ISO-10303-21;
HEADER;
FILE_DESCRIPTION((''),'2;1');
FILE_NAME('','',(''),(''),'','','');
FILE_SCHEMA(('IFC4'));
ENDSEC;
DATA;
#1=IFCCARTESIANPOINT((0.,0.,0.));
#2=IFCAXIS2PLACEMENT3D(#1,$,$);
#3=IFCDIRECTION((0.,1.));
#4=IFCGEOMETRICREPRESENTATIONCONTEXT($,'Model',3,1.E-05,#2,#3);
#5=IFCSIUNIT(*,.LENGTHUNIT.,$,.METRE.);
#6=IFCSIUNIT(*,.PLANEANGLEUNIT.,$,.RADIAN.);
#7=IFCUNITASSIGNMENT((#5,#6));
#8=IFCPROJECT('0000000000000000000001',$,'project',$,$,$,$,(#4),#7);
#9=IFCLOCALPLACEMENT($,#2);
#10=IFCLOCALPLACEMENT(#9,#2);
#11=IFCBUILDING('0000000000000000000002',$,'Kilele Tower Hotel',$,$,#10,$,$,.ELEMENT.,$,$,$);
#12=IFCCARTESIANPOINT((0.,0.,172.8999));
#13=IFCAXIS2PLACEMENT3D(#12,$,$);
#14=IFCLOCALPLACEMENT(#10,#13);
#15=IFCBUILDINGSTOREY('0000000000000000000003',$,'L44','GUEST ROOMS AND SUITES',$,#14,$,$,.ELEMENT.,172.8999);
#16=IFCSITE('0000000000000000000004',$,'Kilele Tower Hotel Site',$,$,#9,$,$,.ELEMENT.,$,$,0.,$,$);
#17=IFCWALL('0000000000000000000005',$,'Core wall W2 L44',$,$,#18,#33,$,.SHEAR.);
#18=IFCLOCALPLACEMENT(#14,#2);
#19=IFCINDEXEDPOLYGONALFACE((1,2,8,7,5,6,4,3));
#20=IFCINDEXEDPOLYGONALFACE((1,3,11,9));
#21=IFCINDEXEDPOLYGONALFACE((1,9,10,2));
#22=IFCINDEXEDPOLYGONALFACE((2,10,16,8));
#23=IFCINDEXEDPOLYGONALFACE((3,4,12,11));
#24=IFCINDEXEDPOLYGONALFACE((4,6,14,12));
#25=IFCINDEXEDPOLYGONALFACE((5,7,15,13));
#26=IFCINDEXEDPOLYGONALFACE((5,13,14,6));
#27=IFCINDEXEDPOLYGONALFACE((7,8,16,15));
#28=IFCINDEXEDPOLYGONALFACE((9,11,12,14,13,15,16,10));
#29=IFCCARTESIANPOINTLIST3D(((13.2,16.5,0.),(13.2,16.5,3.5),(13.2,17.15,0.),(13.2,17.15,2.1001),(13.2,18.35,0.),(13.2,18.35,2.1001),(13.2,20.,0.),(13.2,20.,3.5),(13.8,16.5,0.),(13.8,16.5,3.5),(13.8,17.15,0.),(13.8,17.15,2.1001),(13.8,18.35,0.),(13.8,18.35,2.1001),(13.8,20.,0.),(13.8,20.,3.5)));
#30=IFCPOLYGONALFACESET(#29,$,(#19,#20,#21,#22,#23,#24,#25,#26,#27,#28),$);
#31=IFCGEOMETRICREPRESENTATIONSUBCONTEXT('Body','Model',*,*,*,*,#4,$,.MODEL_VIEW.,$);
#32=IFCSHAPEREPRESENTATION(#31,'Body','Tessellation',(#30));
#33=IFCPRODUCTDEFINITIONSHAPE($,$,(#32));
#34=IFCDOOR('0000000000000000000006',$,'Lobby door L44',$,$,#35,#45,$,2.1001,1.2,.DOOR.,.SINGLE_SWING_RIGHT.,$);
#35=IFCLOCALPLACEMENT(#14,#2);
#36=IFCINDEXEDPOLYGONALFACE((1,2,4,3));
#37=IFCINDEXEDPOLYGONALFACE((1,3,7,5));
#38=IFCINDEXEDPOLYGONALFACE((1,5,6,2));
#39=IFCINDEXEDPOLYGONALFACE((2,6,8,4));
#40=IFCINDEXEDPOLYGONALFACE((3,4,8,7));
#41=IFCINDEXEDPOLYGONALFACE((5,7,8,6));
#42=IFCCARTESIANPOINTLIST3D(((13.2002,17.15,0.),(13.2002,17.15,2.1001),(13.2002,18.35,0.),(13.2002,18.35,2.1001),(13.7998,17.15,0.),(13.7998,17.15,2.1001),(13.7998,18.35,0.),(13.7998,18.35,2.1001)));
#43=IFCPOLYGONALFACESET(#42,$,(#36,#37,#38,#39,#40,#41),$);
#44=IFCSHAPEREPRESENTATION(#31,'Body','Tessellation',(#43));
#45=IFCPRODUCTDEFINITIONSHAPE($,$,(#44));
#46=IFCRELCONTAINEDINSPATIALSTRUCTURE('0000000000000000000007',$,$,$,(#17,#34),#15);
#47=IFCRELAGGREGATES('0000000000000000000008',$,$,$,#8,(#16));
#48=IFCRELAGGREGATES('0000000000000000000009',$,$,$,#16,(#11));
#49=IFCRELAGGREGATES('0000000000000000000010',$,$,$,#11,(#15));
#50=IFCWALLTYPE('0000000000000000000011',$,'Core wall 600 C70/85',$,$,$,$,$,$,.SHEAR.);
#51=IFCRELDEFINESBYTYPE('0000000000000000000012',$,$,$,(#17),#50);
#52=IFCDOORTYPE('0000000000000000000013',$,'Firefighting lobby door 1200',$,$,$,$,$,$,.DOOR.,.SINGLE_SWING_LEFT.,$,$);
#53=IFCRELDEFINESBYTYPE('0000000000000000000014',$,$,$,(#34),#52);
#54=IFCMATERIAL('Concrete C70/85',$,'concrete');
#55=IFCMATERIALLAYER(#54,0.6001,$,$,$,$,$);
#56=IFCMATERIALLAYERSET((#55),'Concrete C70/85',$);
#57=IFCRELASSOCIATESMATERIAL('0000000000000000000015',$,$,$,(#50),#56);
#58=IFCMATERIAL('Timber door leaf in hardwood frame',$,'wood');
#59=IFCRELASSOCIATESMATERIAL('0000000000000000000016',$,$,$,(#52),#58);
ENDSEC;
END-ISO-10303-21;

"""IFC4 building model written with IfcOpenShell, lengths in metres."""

from ifc_helpers import new_model, si_unit, direction, frame, frame_2d, origin, place, context, subcontext, project, spatial, rectangle, extrude, material, layer, layer_set, type_object, element, fill, save


model = new_model("IFC4")

# Units and contexts
model_context = context("Model", 3, precision=1e-05, world=origin(), true_north=direction((0.0, 1.0)))
body_context = subcontext(model_context, "Body", "Model", "MODEL_VIEW")
ifc_project = project(units=[si_unit("LENGTHUNIT", "METRE"), si_unit("PLANEANGLEUNIT", "RADIAN")], contexts=[model_context])

# Site, building, storey
site_placement = place(None, origin())
site = spatial("IfcSite", under=ifc_project, at=site_placement, Name="Kilele Tower Hotel Site", CompositionType="ELEMENT", RefElevation=0.0)
building_placement = place(site_placement, origin())
building = spatial("IfcBuilding", under=site, at=building_placement, Name="Kilele Tower Hotel", CompositionType="ELEMENT")
storey_placement = place(building_placement, frame((0.0, 0.0, 172.8999)))
storey = spatial("IfcBuildingStorey", under=building, at=storey_placement, Name="L44", Description="GUEST ROOMS AND SUITES", CompositionType="ELEMENT", Elevation=172.8999)

# Shared definitions
ifc_material_1 = material(Name="Concrete C70/85", Category="concrete")
ifc_layer = layer(ifc_material_1, 0.6001)
ifc_layer_set = layer_set([ifc_layer], Name="Concrete C70/85")
wall_type = type_object("IfcWallType", Name="Core wall 600 C70/85", PredefinedType="SHEAR", material=ifc_layer_set)
ifc_material_2 = material(Name="Timber door leaf in hardwood frame", Category="wood")
door_type_1 = type_object("IfcDoorType", Name="Firefighting lobby door 1200", OperationType="SINGLE_SWING_LEFT", PredefinedType="DOOR", material=ifc_material_2)

# Wall, opening, door
wall_1_placement = place(storey_placement, frame((13.5, 20.0, 0.0), z_axis=(0.0, 0.0, 1.0), x_axis=(0.0, -1.0, 0.0)))
wall_1 = element("IfcWall", 1, at=wall_1_placement, inside=storey, type_object=wall_type, Name="Core wall W2 L44", PredefinedType="SHEAR", context=body_context, shape_type="SweptSolid", body=[
    extrude(rectangle(XDim=3.5, YDim=0.6001, at=frame_2d((1.75, 0.0))), origin(), (0.0, 0.0, 1.0), 3.5),
])
opening_1_placement = place(wall_1_placement, frame((1.6499, 0.0, 0.0)))
opening_1 = element("IfcOpeningElement", 2, at=opening_1_placement, cuts=wall_1, PredefinedType="OPENING", context=body_context, shape_type="SweptSolid", body=[
    extrude(rectangle(XDim=1.2, YDim=2.1001, at=frame_2d((0.6001, 1.05))), frame((0.0, 0.3101, 0.0), z_axis=(0.0, -1.0, 0.0), x_axis=(1.0, 0.0, 0.0)), (0.0, 0.0, 1.0), 0.6201),
])
door_1_placement = place(opening_1_placement, origin())
door_1 = element("IfcDoor", 3, at=door_1_placement, inside=storey, type_object=door_type_1, Name="Lobby door L44", OperationType="SINGLE_SWING_RIGHT", OverallHeight=2.1001, OverallWidth=1.2, PredefinedType="DOOR", context=body_context, shape_type="SweptSolid", body=[
    extrude(rectangle(XDim=1.2, YDim=2.1001, at=frame_2d((0.6001, 1.05))), frame((0.0, 0.2998, 0.0), z_axis=(0.0, -1.0, 0.0), x_axis=(1.0, 0.0, 0.0)), (0.0, 0.0, 1.0), 0.5996),
])
fill(opening_1, door_1)

save(model, "model.ifc")
